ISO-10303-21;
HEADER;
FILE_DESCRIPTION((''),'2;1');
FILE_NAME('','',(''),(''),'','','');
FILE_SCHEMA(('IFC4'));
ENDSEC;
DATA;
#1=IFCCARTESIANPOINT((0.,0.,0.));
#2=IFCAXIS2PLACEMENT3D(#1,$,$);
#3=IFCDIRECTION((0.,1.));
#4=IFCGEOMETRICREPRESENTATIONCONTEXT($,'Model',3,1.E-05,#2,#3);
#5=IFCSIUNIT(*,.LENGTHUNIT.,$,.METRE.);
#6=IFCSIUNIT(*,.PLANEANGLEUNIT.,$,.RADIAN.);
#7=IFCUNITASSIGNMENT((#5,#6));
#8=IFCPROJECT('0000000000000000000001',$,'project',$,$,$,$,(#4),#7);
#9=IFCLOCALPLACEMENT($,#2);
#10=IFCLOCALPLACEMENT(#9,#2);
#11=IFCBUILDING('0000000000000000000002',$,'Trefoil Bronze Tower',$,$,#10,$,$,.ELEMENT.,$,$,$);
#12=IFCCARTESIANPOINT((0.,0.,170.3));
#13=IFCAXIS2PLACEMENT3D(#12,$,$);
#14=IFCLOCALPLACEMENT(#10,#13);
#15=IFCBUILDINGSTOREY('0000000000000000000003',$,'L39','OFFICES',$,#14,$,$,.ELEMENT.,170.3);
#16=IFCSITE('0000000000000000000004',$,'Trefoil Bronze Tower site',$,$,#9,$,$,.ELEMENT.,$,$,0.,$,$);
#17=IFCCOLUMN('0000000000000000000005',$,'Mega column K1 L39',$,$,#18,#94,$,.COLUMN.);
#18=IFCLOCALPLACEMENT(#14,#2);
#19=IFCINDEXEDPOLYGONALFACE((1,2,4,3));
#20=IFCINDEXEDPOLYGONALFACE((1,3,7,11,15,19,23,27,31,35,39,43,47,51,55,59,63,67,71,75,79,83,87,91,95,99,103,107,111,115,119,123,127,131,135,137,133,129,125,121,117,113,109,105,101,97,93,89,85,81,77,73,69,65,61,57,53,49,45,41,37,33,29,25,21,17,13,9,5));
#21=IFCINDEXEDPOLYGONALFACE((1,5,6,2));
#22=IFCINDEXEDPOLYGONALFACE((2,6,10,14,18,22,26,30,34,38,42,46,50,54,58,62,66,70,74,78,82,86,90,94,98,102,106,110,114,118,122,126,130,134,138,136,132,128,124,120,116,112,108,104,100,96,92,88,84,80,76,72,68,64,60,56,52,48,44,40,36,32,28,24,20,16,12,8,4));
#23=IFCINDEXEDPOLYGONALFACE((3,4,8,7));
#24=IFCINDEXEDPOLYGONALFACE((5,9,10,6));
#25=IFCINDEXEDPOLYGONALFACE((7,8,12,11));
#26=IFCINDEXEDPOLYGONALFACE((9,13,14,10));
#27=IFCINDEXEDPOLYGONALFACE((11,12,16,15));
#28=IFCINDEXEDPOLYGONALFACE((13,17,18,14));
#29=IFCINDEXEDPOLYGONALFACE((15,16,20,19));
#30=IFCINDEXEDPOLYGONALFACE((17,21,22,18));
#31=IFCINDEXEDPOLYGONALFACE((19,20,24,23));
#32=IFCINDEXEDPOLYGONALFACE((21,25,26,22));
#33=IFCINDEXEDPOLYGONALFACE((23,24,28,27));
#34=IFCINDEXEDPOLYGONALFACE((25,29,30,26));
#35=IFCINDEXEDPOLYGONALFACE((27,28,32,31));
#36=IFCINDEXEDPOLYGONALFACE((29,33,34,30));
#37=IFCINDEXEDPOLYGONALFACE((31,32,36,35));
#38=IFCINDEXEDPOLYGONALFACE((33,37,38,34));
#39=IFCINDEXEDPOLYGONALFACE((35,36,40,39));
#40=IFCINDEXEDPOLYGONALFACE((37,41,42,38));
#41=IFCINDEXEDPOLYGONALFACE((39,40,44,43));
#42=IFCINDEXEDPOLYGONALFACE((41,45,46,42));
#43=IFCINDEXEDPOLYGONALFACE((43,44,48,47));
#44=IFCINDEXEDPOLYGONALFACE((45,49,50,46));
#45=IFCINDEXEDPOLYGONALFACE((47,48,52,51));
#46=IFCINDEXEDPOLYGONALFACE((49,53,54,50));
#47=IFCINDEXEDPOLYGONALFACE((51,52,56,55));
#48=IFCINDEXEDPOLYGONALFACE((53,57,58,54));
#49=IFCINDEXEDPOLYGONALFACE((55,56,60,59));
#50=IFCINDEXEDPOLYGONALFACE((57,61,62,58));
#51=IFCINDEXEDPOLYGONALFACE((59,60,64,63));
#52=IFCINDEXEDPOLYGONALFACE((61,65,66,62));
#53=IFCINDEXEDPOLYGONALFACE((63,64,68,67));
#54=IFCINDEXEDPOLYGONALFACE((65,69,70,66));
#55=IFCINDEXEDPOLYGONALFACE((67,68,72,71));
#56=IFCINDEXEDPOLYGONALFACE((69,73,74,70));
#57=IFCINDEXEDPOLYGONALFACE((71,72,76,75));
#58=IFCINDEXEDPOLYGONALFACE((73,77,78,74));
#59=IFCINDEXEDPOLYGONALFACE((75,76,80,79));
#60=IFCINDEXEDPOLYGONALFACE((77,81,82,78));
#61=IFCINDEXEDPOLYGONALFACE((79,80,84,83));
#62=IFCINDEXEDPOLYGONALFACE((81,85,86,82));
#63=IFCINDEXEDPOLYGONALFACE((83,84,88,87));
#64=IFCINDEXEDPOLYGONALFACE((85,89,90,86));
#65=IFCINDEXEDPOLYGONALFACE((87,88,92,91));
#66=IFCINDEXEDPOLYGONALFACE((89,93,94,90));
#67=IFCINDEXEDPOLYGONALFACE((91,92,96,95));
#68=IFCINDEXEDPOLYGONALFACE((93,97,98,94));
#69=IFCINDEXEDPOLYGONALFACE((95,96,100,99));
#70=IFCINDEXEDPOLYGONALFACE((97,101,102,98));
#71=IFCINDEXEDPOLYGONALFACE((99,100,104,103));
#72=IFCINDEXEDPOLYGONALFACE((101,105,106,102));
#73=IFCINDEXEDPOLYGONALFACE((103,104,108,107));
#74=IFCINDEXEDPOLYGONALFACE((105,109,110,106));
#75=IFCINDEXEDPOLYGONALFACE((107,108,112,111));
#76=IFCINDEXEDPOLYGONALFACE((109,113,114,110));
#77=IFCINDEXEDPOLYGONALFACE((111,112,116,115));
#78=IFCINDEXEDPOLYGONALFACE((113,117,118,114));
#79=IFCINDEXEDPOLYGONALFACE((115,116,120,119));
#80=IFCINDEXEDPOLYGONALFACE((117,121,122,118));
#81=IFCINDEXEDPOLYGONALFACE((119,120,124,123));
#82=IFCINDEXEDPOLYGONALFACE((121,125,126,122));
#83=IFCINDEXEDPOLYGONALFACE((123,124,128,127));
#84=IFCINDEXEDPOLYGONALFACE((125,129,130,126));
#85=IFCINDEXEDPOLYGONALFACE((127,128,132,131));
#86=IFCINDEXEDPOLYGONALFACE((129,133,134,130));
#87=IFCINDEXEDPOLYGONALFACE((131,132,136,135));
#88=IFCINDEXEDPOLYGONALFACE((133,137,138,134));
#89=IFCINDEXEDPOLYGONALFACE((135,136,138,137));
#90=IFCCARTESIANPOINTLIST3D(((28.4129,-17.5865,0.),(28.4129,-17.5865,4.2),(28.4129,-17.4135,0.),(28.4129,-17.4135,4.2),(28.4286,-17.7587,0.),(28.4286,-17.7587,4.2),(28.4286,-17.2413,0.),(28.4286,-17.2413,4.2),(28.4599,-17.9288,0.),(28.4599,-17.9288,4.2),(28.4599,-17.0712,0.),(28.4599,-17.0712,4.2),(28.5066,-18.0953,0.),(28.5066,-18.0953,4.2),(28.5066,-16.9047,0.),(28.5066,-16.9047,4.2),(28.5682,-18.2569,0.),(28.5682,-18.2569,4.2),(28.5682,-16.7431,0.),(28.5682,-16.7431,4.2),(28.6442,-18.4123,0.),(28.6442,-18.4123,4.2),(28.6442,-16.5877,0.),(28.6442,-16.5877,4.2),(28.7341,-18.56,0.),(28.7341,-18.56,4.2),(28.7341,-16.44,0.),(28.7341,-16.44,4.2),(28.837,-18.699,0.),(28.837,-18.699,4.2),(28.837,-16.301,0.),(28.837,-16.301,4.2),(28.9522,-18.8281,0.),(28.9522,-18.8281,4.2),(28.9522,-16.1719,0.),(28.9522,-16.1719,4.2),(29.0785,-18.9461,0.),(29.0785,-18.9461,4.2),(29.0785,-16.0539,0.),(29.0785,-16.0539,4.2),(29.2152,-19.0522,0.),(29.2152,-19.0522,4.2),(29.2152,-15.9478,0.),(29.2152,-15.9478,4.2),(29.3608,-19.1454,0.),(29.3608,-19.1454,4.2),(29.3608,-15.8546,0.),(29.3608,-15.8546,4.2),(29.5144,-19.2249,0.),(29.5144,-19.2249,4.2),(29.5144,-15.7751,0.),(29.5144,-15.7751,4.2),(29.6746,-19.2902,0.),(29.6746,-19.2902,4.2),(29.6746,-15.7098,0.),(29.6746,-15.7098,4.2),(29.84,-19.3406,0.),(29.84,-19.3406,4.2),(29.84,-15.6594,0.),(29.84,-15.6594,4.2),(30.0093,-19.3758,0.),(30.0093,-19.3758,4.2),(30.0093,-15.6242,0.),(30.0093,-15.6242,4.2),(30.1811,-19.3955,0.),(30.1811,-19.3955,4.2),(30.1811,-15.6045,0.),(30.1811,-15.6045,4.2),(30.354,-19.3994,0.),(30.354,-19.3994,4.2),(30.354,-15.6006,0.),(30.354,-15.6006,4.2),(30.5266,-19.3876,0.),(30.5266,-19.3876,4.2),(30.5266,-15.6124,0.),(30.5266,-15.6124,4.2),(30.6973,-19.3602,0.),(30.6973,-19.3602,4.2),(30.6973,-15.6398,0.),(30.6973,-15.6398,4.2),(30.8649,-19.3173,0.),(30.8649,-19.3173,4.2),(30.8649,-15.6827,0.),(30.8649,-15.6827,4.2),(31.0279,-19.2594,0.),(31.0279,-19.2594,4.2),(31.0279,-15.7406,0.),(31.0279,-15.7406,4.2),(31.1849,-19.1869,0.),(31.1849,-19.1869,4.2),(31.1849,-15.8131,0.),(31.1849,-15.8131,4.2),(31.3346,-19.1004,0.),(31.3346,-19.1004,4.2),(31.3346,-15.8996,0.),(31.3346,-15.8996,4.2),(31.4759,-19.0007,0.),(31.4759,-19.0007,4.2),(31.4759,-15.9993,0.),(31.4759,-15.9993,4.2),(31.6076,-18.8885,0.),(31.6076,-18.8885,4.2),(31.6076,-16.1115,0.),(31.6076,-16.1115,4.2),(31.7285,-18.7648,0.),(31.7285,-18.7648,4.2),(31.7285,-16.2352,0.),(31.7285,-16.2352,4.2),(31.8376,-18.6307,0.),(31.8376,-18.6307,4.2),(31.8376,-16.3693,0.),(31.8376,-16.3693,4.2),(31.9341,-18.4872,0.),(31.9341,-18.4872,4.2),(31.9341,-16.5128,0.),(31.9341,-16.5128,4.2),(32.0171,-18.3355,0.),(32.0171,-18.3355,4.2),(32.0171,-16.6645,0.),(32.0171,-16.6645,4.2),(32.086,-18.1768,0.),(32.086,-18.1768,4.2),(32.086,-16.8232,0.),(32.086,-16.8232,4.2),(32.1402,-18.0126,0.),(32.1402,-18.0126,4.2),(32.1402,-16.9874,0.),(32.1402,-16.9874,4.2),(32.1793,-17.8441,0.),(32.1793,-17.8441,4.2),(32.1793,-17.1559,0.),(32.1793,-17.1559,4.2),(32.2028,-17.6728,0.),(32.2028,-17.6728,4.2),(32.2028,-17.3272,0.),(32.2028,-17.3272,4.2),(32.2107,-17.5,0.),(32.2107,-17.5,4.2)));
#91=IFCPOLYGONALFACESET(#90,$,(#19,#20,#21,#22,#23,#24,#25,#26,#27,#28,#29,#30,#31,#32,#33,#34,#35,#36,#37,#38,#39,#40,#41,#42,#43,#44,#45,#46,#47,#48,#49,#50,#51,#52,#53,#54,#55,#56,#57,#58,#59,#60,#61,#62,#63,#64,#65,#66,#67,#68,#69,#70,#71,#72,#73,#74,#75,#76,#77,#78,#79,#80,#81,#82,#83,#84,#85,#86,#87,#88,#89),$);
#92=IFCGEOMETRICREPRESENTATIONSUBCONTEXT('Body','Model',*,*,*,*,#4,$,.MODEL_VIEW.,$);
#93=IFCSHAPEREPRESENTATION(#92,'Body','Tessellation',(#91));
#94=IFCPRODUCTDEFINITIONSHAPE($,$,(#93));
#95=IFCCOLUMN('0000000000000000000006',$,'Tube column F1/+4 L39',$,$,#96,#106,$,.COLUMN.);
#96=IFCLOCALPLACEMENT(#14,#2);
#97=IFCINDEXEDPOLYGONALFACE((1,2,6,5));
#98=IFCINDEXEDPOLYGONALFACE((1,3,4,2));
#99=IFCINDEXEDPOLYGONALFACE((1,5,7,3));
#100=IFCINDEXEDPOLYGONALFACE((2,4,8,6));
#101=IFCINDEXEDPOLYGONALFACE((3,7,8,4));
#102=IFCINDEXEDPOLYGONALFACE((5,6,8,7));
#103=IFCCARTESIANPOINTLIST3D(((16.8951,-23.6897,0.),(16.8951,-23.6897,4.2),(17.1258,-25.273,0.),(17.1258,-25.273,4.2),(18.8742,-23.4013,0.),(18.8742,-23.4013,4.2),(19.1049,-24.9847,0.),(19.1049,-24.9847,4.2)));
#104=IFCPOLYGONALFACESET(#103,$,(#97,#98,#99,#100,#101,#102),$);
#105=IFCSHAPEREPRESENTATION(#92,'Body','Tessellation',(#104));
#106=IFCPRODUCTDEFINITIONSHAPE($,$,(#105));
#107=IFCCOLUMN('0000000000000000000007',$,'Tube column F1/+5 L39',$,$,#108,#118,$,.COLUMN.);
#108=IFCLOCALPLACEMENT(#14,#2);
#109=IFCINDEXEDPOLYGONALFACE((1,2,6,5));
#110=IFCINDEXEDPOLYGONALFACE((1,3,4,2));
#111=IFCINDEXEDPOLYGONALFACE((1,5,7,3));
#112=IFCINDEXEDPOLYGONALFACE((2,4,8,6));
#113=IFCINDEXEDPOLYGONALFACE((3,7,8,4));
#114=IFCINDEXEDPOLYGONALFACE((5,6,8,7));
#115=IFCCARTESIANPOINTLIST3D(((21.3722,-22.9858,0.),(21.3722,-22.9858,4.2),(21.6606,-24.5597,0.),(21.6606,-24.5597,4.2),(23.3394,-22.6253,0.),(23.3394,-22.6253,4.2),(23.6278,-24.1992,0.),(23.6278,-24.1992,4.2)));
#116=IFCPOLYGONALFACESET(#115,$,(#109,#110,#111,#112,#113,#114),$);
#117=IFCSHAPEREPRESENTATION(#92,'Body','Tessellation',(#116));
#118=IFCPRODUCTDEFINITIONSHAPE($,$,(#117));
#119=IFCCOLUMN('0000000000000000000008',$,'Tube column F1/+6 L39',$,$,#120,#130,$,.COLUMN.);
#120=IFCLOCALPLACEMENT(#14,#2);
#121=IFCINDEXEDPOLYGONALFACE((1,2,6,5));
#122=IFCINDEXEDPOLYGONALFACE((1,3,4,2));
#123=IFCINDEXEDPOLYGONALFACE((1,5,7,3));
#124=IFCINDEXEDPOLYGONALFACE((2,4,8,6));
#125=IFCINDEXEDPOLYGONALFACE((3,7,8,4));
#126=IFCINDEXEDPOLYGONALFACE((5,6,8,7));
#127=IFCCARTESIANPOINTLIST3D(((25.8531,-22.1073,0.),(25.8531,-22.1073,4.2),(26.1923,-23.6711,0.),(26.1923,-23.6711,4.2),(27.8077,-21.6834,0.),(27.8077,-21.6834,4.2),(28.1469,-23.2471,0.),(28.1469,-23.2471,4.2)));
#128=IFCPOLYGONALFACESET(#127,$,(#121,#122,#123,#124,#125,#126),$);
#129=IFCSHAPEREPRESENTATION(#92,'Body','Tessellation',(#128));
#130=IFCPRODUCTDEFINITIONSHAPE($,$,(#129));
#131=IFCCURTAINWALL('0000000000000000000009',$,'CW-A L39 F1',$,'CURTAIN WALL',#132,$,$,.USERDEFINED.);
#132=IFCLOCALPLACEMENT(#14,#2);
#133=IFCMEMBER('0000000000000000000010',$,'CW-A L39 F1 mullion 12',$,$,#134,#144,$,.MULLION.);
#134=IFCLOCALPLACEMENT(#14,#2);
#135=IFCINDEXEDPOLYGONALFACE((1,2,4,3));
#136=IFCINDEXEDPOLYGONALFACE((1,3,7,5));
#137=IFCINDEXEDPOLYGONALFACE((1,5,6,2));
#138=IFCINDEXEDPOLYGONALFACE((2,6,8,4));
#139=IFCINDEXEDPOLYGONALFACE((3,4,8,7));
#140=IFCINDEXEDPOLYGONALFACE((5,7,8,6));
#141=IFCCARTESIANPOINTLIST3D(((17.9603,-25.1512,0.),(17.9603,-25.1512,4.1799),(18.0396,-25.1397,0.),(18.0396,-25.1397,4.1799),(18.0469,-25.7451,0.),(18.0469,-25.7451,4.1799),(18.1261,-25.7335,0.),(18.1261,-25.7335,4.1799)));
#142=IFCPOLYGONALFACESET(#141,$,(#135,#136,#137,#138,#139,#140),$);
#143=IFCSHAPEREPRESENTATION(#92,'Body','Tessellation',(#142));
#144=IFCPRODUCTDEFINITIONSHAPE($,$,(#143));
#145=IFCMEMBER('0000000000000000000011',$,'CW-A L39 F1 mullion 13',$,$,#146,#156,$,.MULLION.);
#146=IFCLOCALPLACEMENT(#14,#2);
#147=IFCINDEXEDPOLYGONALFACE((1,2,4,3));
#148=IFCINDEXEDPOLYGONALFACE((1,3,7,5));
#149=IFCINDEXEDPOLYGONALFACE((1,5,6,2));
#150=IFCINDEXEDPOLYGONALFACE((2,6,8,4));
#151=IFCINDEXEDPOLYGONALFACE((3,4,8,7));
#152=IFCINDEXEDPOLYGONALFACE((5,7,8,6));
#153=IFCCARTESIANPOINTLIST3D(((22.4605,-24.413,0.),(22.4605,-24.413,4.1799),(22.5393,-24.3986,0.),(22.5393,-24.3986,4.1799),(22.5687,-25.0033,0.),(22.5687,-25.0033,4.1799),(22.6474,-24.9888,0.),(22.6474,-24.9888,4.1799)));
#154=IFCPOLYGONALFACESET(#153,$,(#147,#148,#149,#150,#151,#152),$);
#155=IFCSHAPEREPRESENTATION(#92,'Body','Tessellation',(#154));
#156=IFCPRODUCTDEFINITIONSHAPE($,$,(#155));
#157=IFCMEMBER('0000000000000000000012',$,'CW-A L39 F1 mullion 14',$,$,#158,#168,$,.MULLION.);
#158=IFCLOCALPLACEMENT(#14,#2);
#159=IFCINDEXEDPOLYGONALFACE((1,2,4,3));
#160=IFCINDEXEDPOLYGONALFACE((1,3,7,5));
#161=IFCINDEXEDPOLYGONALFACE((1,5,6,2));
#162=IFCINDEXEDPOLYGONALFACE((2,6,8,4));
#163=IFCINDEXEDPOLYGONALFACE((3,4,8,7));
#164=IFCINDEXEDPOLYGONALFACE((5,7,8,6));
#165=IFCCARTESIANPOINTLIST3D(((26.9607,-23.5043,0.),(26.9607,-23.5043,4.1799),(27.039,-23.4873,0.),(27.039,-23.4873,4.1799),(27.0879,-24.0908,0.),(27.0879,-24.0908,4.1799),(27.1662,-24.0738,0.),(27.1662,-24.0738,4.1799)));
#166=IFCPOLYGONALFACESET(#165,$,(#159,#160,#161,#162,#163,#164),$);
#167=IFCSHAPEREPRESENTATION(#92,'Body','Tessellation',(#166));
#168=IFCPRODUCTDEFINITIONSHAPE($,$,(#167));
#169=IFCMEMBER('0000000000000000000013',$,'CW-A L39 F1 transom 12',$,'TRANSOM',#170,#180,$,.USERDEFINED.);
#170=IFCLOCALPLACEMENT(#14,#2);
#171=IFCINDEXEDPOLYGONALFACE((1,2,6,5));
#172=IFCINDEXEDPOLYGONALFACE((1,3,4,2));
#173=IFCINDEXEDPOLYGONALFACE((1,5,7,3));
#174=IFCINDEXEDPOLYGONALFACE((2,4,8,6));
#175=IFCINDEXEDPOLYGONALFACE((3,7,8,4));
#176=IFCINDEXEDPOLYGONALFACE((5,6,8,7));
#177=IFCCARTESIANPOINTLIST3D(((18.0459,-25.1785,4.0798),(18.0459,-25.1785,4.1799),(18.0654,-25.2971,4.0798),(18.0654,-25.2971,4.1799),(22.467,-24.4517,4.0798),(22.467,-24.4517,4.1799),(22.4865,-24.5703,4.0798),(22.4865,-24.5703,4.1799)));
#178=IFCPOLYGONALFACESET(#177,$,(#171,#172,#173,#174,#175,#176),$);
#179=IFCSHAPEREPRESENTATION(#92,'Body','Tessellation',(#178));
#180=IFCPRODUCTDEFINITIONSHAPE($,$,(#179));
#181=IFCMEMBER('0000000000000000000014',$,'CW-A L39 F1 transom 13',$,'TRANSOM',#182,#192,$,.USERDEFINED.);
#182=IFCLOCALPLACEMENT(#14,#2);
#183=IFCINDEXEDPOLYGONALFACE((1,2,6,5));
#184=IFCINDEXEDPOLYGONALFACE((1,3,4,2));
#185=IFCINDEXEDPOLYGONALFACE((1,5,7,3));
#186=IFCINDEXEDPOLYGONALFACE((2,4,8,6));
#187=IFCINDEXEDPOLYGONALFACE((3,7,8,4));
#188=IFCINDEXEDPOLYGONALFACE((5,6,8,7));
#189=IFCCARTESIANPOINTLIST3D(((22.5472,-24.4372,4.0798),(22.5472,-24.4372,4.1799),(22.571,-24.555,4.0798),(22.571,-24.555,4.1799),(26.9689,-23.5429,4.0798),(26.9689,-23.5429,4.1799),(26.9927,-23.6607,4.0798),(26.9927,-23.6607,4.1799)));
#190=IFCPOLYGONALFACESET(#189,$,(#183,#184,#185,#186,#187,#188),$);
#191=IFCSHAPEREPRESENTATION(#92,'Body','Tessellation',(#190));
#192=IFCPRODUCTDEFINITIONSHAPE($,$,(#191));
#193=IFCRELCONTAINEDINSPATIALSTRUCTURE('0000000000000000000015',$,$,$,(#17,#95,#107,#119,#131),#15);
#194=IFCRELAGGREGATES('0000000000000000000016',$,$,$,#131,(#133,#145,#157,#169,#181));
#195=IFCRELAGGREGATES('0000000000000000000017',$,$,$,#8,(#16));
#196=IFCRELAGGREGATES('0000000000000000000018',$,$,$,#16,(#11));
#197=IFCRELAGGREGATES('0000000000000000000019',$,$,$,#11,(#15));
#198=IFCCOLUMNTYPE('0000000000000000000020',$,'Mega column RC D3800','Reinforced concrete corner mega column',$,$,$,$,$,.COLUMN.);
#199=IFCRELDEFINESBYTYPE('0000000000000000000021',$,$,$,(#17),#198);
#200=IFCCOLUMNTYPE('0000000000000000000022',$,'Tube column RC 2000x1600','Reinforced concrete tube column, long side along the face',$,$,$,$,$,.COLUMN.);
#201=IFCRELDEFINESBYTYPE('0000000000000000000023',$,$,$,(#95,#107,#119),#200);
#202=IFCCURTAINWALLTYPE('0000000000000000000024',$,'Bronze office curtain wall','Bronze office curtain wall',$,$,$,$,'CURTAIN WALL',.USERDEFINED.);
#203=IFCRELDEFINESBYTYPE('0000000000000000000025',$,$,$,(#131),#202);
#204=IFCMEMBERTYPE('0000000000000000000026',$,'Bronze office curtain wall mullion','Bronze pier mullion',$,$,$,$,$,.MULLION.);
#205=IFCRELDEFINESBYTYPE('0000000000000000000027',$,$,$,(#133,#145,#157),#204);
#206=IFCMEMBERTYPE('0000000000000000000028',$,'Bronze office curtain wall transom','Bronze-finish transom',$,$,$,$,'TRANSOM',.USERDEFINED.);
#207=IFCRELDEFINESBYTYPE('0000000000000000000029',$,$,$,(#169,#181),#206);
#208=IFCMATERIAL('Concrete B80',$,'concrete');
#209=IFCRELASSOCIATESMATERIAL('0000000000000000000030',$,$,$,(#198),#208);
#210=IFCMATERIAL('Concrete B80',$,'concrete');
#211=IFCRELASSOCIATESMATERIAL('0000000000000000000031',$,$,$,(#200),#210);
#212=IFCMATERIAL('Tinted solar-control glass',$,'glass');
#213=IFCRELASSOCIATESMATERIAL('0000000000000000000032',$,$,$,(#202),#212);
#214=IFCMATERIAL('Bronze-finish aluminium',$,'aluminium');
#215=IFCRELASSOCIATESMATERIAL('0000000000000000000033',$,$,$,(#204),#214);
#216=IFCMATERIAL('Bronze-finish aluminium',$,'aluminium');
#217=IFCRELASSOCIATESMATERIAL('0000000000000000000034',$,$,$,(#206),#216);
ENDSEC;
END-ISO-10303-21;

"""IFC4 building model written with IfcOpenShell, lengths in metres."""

from ifc_helpers import new_model, si_unit, direction, frame, origin, origin_2d, place, context, subcontext, project, spatial, rectangle, circle, extrude, material, material_profile, profile_set, type_object, element, aggregate, save


model = new_model("IFC4")

# Units and contexts
model_context = context("Model", 3, precision=1e-05, world=origin(), true_north=direction((0.0, 1.0)))
body_context = subcontext(model_context, "Body", "Model", "MODEL_VIEW")
ifc_project = project(units=[si_unit("LENGTHUNIT", "METRE"), si_unit("PLANEANGLEUNIT", "RADIAN")], contexts=[model_context])

# Site, building, storey
site_placement = place(None, origin())
site = spatial("IfcSite", under=ifc_project, at=site_placement, Name="Trefoil Bronze Tower site", CompositionType="ELEMENT", RefElevation=0.0)
building_placement = place(site_placement, origin())
building = spatial("IfcBuilding", under=site, at=building_placement, Name="Trefoil Bronze Tower", CompositionType="ELEMENT")
storey_placement = place(building_placement, frame((0.0, 0.0, 170.3)))
storey = spatial("IfcBuildingStorey", under=building, at=storey_placement, Name="L39", Description="OFFICES", CompositionType="ELEMENT", Elevation=170.3)

# Columns
ifc_material_1 = material(Name="Concrete B80", Category="concrete")
ifc_material_profile_1 = material_profile(ifc_material_1, circle(Radius=1.8999, at=origin_2d()), Name="RC D3800")
ifc_profile_set_1 = profile_set([ifc_material_profile_1], Name="Concrete B80")
column_type_1 = type_object("IfcColumnType", Name="Mega column RC D3800", Description="Reinforced concrete corner mega column", PredefinedType="COLUMN", material=ifc_profile_set_1)
column_placement = place(storey_placement, frame((30.3108, -17.5, 0.0), z_axis=(0.0, 0.0, 1.0), x_axis=(1.0, 0.0, 0.0)))
element("IfcColumn", 1, at=column_placement, inside=storey, type_object=column_type_1, Name="Mega column K1 L39", PredefinedType="COLUMN", context=body_context, shape_type="SweptSolid", body=[
    extrude(circle(Radius=1.8999, at=origin_2d()), origin(), (0.0, 0.0, 1.0), 4.2),
])
ifc_material_2 = material(Name="Concrete B80", Category="concrete")
ifc_material_profile_2 = material_profile(ifc_material_2, rectangle(XDim=2.0, YDim=1.6001, at=origin_2d()), Name="RC 2000x1600")
ifc_profile_set_2 = profile_set([ifc_material_profile_2], Name="Concrete B80")
column_type_2 = type_object("IfcColumnType", Name="Tube column RC 2000x1600", Description="Reinforced concrete tube column, long side along the face", PredefinedType="COLUMN", material=ifc_profile_set_2)
for number, where, z_axis, x_axis, name in (
    (2, (18.0, -24.3372, 0.0), (0.0, 0.0, 1.0), (0.98955, 0.144192, 0.0), "Tube column F1/+4 L39"),
    (3, (22.5, -23.5925, 0.0), (0.0, 0.0, 1.0), (0.983623, 0.180241, 0.0), "Tube column F1/+5 L39"),
    (4, (27.0, -22.6772, 0.0), (0.0, 0.0, 1.0), (0.977276, 0.21197, 0.0), "Tube column F1/+6 L39"),
):
    element("IfcColumn", number, at=place(storey_placement, frame(where, z_axis=z_axis, x_axis=x_axis)), inside=storey, type_object=column_type_2, Name=name, PredefinedType="COLUMN", context=body_context, shape_type="SweptSolid", body=[
        extrude(rectangle(XDim=2.0, YDim=1.6001, at=origin_2d()), origin(), (0.0, 0.0, 1.0), 4.2),
    ])

# Curtain wall, members
ifc_material_3 = material(Name="Tinted solar-control glass", Category="glass")
curtain_wall_type_1 = type_object("IfcCurtainWallType", Name="Bronze office curtain wall", Description="Bronze office curtain wall", ElementType="CURTAIN WALL", PredefinedType="USERDEFINED", material=ifc_material_3)
curtain_wall_1_placement = place(storey_placement, origin())
curtain_wall_1 = element("IfcCurtainWall", 5, at=curtain_wall_1_placement, inside=storey, type_object=curtain_wall_type_1, Name="CW-A L39 F1", ObjectType="CURTAIN WALL", PredefinedType="USERDEFINED")
ifc_material_4 = material(Name="Bronze-finish aluminium", Category="aluminium")
ifc_material_profile_3 = material_profile(ifc_material_4, rectangle(XDim=0.6001, YDim=0.0801, at=origin_2d()), Name="CW-A mullion")
ifc_profile_set_3 = profile_set([ifc_material_profile_3], Name="Bronze-finish aluminium")
member_type_1 = type_object("IfcMemberType", Name="Bronze office curtain wall mullion", Description="Bronze pier mullion", PredefinedType="MULLION", material=ifc_profile_set_3)
member_1_placement = place(storey_placement, frame((18.0432, -25.4424, 0.0), z_axis=(0.0, 0.0, 1.0), x_axis=(-0.144192, 0.98955, 0.0)))
member_1 = element("IfcMember", 6, at=member_1_placement, type_object=member_type_1, Name="CW-A L39 F1 mullion 12", PredefinedType="MULLION", context=body_context, shape_type="SweptSolid", body=[
    extrude(rectangle(XDim=0.6001, YDim=0.0801, at=origin_2d()), origin(), (0.0, 0.0, 1.0), 4.1799),
])
member_2_placement = place(storey_placement, frame((22.554, -24.7009, 0.0), z_axis=(0.0, 0.0, 1.0), x_axis=(-0.180241, 0.983623, 0.0)))
member_2 = element("IfcMember", 7, at=member_2_placement, type_object=member_type_1, Name="CW-A L39 F1 mullion 13", PredefinedType="MULLION", context=body_context, shape_type="SweptSolid", body=[
    extrude(rectangle(XDim=0.6001, YDim=0.0801, at=origin_2d()), origin(), (0.0, 0.0, 1.0), 4.1799),
])
member_3_placement = place(storey_placement, frame((27.0635, -23.7891, 0.0), z_axis=(0.0, 0.0, 1.0), x_axis=(-0.21197, 0.977276, 0.0)))
member_3 = element("IfcMember", 8, at=member_3_placement, type_object=member_type_1, Name="CW-A L39 F1 mullion 14", PredefinedType="MULLION", context=body_context, shape_type="SweptSolid", body=[
    extrude(rectangle(XDim=0.6001, YDim=0.0801, at=origin_2d()), origin(), (0.0, 0.0, 1.0), 4.1799),
])
ifc_material_5 = material(Name="Bronze-finish aluminium", Category="aluminium")
ifc_material_profile_4 = material_profile(ifc_material_5, rectangle(XDim=0.1201, YDim=0.1001, at=origin_2d()), Name="CW-A transom")
ifc_profile_set_4 = profile_set([ifc_material_profile_4], Name="Bronze-finish aluminium")
member_type_2 = type_object("IfcMemberType", Name="Bronze office curtain wall transom", Description="Bronze-finish transom", ElementType="TRANSOM", PredefinedType="USERDEFINED", material=ifc_profile_set_4)
member_4_placement = place(storey_placement, frame((18.0557, -25.2378, 4.1299), z_axis=(0.986755, 0.162216, 0.0), x_axis=(-0.162216, 0.986755, 0.0)))
member_4 = element("IfcMember", 9, at=member_4_placement, type_object=member_type_2, Name="CW-A L39 F1 transom 12", ObjectType="TRANSOM", PredefinedType="USERDEFINED", context=body_context, shape_type="SweptSolid", body=[
    extrude(rectangle(XDim=0.1201, YDim=0.1001, at=origin_2d()), origin(), (0.0, 0.0, 1.0), 4.4805),
])
member_5_placement = place(storey_placement, frame((22.5591, -24.4961, 4.1299), z_axis=(0.980154, 0.198239, 0.0), x_axis=(-0.198239, 0.980154, 0.0)))
member_5 = element("IfcMember", 10, at=member_5_placement, type_object=member_type_2, Name="CW-A L39 F1 transom 13", ObjectType="TRANSOM", PredefinedType="USERDEFINED", context=body_context, shape_type="SweptSolid", body=[
    extrude(rectangle(XDim=0.1201, YDim=0.1001, at=origin_2d()), origin(), (0.0, 0.0, 1.0), 4.5112),
])

aggregate(curtain_wall_1, [member_1, member_2, member_3, member_4, member_5])

save(model, "model.ifc")
